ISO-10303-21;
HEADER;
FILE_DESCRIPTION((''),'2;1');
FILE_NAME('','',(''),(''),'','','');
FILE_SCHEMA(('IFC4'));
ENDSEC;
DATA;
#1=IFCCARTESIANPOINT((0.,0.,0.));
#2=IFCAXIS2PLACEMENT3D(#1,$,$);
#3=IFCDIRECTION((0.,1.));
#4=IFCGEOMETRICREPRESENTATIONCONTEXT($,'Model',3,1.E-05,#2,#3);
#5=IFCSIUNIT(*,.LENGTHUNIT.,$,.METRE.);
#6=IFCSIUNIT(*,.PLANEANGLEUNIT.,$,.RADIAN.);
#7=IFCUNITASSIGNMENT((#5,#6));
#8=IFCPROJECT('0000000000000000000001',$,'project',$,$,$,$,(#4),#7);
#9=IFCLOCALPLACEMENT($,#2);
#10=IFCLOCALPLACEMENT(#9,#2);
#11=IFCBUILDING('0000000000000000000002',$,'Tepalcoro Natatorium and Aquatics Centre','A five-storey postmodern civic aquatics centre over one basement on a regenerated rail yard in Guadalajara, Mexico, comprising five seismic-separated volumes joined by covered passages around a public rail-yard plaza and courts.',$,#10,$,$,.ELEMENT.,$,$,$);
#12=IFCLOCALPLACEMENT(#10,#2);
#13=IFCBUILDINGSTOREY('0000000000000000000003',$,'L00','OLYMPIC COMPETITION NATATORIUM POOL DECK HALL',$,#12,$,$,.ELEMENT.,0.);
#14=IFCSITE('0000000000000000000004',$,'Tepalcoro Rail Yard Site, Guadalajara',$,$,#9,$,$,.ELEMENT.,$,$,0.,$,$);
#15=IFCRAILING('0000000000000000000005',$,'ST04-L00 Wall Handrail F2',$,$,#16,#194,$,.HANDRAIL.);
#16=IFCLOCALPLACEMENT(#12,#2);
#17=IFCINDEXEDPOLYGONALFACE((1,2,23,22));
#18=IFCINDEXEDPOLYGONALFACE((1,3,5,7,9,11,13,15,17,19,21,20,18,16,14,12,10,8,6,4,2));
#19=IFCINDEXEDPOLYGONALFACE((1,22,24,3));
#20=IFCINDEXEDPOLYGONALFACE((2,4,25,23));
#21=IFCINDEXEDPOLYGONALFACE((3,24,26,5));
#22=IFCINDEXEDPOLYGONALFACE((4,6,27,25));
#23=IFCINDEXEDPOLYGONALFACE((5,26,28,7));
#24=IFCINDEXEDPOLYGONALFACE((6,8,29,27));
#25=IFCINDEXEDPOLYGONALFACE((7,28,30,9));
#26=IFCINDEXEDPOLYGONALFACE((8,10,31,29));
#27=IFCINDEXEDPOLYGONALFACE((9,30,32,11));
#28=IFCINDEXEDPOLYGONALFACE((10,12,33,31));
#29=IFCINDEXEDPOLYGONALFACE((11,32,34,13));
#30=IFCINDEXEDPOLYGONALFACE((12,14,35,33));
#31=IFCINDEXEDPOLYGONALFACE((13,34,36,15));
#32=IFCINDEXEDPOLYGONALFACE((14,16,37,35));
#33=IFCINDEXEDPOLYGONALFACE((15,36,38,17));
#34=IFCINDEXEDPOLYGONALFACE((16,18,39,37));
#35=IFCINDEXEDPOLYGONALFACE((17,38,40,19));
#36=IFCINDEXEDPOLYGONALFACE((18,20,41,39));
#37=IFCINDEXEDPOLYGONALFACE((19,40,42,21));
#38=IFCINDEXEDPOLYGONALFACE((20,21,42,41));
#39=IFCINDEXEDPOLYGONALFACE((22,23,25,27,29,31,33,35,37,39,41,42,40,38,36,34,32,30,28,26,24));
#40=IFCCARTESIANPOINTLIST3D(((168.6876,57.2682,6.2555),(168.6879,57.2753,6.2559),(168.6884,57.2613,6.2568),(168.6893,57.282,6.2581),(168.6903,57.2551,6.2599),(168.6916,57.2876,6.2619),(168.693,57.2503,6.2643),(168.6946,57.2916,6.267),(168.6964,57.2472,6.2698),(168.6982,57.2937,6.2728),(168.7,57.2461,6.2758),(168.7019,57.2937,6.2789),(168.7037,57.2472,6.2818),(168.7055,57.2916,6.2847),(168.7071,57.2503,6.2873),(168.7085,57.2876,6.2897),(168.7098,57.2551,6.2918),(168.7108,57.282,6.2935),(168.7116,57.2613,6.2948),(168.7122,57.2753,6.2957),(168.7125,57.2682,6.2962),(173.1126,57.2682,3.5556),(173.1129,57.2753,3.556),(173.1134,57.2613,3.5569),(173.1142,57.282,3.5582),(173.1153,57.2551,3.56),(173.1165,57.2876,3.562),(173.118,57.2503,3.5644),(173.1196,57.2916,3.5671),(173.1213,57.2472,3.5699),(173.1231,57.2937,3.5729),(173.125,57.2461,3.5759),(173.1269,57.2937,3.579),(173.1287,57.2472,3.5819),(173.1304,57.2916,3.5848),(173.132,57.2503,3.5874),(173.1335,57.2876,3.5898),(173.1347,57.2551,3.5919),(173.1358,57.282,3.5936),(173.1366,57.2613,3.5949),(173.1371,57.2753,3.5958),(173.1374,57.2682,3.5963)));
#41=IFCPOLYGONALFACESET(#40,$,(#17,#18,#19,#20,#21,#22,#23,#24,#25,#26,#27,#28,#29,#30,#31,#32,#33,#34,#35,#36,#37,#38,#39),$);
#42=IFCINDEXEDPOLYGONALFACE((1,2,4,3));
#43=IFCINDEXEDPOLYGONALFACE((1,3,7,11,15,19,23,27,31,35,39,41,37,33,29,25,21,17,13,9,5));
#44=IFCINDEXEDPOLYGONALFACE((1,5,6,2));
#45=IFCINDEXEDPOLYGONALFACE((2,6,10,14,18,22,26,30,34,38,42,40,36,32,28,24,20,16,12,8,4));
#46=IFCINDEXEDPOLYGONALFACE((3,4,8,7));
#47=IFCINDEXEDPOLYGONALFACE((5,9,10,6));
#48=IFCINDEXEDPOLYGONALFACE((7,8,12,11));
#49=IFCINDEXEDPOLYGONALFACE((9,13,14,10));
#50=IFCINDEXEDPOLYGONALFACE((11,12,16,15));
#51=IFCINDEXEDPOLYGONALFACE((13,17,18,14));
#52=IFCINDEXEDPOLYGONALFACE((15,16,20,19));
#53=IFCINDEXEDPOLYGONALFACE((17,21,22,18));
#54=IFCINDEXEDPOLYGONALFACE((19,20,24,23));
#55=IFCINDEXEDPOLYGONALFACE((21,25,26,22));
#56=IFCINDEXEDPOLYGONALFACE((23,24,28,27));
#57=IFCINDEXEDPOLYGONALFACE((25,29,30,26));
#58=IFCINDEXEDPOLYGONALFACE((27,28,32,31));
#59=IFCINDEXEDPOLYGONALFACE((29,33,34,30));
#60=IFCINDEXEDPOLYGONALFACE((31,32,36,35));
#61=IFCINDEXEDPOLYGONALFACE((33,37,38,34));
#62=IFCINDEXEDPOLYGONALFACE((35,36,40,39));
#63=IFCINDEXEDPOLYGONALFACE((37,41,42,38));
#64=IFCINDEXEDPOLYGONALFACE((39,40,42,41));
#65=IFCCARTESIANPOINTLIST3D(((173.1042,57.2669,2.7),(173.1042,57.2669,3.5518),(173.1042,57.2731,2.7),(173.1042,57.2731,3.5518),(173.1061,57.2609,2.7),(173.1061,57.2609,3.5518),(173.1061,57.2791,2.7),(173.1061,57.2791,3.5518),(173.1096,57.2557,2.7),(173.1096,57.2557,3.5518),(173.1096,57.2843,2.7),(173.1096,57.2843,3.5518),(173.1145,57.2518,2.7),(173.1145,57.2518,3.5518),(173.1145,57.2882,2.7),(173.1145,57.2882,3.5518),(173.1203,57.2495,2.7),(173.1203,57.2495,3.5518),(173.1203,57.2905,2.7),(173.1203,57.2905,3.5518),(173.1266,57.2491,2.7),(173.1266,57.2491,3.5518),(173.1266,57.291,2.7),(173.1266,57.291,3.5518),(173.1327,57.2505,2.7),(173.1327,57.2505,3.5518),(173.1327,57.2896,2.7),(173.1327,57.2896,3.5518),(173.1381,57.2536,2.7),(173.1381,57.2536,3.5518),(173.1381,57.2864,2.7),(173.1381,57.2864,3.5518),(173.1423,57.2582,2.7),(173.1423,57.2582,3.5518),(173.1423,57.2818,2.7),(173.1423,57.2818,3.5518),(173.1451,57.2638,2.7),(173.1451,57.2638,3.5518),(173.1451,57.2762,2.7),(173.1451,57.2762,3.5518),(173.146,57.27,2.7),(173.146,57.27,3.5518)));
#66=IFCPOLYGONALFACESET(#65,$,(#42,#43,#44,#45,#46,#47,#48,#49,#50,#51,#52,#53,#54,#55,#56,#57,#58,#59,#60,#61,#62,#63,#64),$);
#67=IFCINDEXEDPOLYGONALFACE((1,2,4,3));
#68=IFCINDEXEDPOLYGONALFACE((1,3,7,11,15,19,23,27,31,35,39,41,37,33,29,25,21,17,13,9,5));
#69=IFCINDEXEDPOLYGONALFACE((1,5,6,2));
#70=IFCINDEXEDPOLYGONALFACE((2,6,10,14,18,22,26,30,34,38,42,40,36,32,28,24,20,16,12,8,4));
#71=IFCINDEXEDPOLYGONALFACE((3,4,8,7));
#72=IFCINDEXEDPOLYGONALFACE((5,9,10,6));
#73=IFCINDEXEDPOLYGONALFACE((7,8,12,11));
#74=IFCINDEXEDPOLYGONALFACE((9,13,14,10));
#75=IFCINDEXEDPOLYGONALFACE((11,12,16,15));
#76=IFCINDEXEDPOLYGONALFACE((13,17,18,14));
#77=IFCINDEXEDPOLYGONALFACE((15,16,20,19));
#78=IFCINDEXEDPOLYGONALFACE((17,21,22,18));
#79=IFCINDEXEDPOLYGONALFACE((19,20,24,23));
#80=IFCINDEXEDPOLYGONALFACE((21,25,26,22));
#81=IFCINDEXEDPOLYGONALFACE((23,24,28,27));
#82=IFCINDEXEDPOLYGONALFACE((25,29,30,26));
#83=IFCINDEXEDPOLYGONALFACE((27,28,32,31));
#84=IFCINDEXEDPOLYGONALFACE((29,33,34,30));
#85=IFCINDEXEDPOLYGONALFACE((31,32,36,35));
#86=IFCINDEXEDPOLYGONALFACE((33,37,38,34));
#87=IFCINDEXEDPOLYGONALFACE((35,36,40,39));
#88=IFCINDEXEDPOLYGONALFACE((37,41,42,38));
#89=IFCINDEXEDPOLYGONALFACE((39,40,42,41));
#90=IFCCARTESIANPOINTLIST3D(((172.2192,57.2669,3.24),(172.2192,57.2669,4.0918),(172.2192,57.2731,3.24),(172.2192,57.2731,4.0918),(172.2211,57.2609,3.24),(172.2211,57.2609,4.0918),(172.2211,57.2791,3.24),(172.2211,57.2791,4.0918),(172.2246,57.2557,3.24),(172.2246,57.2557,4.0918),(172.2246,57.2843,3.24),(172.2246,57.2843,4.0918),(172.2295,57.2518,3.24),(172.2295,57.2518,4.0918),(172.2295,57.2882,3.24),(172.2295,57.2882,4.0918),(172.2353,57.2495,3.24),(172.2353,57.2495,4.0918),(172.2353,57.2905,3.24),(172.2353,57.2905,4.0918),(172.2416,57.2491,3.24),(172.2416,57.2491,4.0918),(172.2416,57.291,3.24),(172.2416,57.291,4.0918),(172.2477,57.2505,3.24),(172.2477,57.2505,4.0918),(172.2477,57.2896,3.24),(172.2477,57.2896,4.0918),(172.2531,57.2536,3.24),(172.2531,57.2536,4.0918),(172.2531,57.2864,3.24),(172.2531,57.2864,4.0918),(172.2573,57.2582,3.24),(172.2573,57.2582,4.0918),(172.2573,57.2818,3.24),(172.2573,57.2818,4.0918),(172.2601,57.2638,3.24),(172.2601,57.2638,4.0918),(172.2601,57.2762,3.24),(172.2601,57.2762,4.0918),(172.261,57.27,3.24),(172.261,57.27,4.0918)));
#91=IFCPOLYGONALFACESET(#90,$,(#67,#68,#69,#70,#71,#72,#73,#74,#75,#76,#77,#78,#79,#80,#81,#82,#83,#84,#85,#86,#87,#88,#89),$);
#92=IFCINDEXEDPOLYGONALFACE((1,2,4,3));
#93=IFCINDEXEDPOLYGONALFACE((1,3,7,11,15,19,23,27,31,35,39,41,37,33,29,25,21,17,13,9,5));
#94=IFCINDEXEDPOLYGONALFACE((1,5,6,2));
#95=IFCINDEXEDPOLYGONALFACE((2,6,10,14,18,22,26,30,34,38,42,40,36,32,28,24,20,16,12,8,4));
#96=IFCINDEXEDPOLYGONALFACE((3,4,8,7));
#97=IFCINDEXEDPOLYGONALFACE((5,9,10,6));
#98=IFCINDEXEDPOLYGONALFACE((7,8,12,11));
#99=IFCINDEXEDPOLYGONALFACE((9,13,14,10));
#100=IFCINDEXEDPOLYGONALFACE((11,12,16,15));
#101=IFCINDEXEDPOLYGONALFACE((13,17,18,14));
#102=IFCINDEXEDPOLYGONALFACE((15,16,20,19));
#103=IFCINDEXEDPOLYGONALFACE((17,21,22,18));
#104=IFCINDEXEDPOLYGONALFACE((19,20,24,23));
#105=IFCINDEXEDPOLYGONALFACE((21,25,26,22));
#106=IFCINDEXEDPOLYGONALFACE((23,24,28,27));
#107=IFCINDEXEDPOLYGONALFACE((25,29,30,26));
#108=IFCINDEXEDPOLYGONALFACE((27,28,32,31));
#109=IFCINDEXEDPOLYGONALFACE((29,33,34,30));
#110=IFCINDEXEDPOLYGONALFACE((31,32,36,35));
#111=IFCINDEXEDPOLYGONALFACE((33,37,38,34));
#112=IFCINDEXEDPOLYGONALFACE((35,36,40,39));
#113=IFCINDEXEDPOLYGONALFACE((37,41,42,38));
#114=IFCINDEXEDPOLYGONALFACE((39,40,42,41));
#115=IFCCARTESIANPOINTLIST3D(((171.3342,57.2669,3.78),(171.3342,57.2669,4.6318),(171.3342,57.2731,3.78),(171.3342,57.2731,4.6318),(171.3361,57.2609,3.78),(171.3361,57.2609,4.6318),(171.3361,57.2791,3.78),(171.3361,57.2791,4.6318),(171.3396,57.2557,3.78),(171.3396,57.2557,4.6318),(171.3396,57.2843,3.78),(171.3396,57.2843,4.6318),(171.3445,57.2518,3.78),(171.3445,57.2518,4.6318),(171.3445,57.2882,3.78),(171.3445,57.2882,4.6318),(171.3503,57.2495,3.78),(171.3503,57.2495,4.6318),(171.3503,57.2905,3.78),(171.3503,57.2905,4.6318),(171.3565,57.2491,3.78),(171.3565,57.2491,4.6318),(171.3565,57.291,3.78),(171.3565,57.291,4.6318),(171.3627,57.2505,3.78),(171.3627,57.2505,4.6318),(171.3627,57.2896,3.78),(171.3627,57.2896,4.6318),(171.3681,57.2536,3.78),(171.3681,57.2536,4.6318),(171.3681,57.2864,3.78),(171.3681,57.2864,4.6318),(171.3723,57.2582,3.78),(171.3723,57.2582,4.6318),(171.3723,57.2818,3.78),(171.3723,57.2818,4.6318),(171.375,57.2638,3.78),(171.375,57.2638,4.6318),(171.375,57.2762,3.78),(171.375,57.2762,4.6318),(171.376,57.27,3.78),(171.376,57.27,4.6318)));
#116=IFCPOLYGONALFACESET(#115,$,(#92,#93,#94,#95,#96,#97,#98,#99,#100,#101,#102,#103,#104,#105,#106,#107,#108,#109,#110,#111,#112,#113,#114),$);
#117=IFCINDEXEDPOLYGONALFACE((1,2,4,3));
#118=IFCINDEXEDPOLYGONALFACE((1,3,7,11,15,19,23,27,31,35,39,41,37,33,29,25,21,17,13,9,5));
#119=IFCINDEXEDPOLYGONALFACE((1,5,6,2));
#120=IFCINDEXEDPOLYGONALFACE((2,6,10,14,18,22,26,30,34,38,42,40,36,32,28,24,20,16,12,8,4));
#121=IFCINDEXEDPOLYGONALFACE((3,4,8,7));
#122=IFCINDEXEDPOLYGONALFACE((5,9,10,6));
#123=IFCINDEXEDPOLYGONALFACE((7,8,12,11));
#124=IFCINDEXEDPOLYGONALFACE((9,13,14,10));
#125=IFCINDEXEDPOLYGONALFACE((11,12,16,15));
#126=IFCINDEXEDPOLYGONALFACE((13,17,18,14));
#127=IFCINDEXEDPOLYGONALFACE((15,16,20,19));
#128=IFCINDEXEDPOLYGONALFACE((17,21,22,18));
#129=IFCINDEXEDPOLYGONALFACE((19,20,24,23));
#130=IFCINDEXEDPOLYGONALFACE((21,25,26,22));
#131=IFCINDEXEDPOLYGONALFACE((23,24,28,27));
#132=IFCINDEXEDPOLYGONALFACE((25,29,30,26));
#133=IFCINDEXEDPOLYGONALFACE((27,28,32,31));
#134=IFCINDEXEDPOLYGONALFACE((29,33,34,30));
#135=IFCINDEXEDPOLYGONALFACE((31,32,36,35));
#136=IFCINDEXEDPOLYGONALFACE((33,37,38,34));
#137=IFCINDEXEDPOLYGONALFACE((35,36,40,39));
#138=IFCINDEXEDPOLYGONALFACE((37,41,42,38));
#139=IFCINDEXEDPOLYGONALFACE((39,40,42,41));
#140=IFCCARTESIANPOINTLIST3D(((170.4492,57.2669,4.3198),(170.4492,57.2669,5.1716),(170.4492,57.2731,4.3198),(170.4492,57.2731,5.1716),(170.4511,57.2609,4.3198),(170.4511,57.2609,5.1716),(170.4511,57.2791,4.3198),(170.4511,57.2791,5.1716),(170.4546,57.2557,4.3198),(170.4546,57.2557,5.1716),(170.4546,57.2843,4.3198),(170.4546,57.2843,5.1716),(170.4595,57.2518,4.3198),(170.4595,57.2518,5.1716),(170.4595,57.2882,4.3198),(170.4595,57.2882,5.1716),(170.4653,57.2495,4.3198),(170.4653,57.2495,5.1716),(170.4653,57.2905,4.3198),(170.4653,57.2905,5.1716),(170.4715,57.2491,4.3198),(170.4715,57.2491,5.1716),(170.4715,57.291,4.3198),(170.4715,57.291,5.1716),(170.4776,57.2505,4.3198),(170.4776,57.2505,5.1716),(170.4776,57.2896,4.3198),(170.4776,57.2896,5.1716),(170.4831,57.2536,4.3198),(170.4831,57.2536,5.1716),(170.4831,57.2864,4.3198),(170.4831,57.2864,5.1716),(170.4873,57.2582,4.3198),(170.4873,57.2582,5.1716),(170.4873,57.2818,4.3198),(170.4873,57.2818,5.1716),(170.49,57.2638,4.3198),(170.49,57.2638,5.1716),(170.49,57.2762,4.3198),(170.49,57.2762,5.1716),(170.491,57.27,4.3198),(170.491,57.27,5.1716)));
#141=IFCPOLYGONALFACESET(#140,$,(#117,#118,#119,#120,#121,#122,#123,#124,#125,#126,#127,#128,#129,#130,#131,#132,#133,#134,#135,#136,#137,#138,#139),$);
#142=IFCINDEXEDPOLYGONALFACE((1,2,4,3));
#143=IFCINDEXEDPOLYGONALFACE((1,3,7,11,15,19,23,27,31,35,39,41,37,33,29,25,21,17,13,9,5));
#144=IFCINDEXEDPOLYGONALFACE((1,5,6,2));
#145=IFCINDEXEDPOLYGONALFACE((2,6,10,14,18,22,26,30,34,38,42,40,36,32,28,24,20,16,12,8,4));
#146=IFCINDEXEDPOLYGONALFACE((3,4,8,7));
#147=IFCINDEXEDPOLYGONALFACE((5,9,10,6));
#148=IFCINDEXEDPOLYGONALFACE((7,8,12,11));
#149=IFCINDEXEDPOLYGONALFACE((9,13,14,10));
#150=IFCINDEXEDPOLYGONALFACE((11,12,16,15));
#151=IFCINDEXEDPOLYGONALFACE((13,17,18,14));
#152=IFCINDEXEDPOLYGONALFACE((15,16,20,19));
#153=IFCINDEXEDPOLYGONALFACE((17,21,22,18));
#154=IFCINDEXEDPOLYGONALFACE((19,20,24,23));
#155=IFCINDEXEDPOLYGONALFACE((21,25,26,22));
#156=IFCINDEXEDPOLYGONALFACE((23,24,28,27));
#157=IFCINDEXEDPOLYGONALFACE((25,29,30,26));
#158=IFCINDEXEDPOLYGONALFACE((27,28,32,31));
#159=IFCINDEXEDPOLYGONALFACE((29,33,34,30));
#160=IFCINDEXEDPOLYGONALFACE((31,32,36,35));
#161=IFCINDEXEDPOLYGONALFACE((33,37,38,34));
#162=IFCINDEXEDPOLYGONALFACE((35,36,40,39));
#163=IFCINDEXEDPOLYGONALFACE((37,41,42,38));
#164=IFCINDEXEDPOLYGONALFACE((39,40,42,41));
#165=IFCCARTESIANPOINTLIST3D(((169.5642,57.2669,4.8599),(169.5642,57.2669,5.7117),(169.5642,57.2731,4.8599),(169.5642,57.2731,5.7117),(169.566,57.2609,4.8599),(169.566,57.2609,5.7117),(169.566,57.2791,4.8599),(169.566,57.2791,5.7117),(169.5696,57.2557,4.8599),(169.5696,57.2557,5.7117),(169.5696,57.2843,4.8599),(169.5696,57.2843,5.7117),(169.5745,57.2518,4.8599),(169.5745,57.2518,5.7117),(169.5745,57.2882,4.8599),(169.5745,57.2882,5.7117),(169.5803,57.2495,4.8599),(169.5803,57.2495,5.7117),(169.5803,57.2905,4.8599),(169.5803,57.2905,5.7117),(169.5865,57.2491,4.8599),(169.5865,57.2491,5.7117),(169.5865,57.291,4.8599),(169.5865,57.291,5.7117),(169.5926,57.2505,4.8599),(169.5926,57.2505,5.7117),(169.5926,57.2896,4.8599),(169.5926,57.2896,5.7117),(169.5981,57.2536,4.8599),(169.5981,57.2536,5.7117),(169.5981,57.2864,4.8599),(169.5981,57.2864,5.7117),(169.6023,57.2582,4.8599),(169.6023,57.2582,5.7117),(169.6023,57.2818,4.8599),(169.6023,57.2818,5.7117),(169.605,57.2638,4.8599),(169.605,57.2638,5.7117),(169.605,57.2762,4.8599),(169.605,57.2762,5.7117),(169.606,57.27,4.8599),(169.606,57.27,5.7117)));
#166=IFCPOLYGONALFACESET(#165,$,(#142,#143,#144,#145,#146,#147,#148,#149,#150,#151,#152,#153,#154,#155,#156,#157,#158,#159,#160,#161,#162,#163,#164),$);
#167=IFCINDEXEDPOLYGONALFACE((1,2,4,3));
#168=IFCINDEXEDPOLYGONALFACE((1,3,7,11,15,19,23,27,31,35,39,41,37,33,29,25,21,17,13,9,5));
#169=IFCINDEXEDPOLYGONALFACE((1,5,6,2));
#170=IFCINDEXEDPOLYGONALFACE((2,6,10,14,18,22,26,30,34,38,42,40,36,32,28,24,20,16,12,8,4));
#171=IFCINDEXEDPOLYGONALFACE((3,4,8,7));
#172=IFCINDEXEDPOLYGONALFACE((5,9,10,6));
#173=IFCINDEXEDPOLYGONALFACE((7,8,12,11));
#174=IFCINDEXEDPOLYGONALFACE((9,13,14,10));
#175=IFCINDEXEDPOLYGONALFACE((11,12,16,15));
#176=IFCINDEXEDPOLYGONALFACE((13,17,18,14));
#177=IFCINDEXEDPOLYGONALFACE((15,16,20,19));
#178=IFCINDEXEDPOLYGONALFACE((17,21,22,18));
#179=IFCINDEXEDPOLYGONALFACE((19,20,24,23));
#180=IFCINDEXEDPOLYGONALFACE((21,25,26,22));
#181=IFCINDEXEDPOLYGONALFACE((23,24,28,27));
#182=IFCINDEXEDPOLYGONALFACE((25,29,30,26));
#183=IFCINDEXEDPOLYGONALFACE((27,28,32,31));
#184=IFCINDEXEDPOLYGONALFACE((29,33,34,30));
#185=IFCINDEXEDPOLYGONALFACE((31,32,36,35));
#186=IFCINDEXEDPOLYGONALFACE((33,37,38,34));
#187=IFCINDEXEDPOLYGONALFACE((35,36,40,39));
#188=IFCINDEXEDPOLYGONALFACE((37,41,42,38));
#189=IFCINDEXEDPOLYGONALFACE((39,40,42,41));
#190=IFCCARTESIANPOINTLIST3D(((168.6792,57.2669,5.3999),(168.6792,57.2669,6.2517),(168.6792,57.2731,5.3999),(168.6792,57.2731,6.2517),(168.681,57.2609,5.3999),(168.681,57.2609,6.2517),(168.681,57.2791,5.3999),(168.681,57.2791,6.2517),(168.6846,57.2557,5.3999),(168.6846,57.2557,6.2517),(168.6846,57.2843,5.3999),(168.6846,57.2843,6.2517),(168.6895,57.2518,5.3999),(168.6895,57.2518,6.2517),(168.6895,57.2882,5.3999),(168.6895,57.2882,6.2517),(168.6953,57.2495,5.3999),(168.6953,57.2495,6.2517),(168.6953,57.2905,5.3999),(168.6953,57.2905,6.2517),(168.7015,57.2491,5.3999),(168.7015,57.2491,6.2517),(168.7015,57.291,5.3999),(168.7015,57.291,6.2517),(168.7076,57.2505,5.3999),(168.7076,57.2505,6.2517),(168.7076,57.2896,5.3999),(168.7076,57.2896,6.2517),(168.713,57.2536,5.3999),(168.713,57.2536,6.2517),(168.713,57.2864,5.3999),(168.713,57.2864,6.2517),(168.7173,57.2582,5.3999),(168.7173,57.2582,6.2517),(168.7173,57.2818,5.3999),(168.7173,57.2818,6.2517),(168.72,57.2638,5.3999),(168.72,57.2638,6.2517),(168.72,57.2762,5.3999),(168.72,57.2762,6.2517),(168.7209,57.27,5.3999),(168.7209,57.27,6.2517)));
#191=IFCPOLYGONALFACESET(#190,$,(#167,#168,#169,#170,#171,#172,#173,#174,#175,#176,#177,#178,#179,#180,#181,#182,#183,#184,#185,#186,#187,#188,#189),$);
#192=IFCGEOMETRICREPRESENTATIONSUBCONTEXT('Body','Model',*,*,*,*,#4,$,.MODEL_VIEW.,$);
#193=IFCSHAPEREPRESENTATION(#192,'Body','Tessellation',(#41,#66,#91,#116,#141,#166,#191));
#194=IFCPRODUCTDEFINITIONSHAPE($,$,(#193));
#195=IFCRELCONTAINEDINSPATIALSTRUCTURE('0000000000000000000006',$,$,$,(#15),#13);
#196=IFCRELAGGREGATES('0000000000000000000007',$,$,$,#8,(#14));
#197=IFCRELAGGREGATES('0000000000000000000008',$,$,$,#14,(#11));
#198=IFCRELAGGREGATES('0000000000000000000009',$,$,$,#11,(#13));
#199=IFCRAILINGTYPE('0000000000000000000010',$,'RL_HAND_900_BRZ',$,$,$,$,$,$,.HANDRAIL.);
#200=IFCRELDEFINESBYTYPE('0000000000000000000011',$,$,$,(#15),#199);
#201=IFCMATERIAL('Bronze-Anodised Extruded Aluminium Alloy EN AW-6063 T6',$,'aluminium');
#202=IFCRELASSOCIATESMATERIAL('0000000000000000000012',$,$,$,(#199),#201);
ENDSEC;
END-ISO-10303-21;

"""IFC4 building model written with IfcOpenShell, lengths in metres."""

from ifc_helpers import new_model, si_unit, direction, frame, origin, origin_2d, place, context, subcontext, project, spatial, circle, extrude, material, type_object, element, save


model = new_model("IFC4")

# Units and contexts
model_context = context("Model", 3, precision=1e-05, world=origin(), true_north=direction((0.0, 1.0)))
body_context = subcontext(model_context, "Body", "Model", "MODEL_VIEW")
ifc_project = project(units=[si_unit("LENGTHUNIT", "METRE"), si_unit("PLANEANGLEUNIT", "RADIAN")], contexts=[model_context])

# Site, building, storey
site_placement = place(None, origin())
site = spatial("IfcSite", under=ifc_project, at=site_placement, Name="Tepalcoro Rail Yard Site, Guadalajara", CompositionType="ELEMENT", RefElevation=0.0)
building_placement = place(site_placement, origin())
building = spatial("IfcBuilding", under=site, at=building_placement, Name="Tepalcoro Natatorium and Aquatics Centre", Description="A five-storey postmodern civic aquatics centre over one basement on a regenerated rail yard in Guadalajara, Mexico, comprising five seismic-separated volumes joined by covered passages around a public rail-yard plaza and courts.", CompositionType="ELEMENT")
storey_placement = place(building_placement, origin())
storey = spatial("IfcBuildingStorey", under=building, at=storey_placement, Name="L00", Description="OLYMPIC COMPETITION NATATORIUM POOL DECK HALL", CompositionType="ELEMENT", Elevation=0.0)

# Shared definitions
ifc_material_1 = material(Name="Bronze-Anodised Extruded Aluminium Alloy EN AW-6063 T6", Category="aluminium")

# Railing
railing_type_1 = type_object("IfcRailingType", Name="RL_HAND_900_BRZ", PredefinedType="HANDRAIL", material=ifc_material_1)
railing_1_placement = place(storey_placement, frame((173.125, 57.27, 2.7)))
element("IfcRailing", 1, at=railing_1_placement, inside=storey, type_object=railing_type_1, Name="ST04-L00 Wall Handrail F2", PredefinedType="HANDRAIL", context=body_context, shape_type="SweptSolid", body=[
    extrude(circle(Radius=0.0239, at=origin_2d()), frame((0.0, 0.0, 0.876), z_axis=(-0.853646, 0.0, 0.520854), x_axis=(0.0, -1.0, 0.0)), (0.0, 0.0, 1.0), 5.1836),
    extrude(circle(Radius=0.021, at=origin_2d()), origin(), (0.0, 0.0, 1.0), 0.8518),
    extrude(circle(Radius=0.021, at=origin_2d()), frame((-0.885, 0.0, 0.54)), (0.0, 0.0, 1.0), 0.8518),
    extrude(circle(Radius=0.021, at=origin_2d()), frame((-1.77, 0.0, 1.0801)), (0.0, 0.0, 1.0), 0.8518),
    extrude(circle(Radius=0.021, at=origin_2d()), frame((-2.655, 0.0, 1.6199)), (0.0, 0.0, 1.0), 0.8518),
    extrude(circle(Radius=0.021, at=origin_2d()), frame((-3.54, 0.0, 2.1599)), (0.0, 0.0, 1.0), 0.8518),
    extrude(circle(Radius=0.021, at=origin_2d()), frame((-4.425, 0.0, 2.7)), (0.0, 0.0, 1.0), 0.8518),
])

save(model, "model.ifc")
